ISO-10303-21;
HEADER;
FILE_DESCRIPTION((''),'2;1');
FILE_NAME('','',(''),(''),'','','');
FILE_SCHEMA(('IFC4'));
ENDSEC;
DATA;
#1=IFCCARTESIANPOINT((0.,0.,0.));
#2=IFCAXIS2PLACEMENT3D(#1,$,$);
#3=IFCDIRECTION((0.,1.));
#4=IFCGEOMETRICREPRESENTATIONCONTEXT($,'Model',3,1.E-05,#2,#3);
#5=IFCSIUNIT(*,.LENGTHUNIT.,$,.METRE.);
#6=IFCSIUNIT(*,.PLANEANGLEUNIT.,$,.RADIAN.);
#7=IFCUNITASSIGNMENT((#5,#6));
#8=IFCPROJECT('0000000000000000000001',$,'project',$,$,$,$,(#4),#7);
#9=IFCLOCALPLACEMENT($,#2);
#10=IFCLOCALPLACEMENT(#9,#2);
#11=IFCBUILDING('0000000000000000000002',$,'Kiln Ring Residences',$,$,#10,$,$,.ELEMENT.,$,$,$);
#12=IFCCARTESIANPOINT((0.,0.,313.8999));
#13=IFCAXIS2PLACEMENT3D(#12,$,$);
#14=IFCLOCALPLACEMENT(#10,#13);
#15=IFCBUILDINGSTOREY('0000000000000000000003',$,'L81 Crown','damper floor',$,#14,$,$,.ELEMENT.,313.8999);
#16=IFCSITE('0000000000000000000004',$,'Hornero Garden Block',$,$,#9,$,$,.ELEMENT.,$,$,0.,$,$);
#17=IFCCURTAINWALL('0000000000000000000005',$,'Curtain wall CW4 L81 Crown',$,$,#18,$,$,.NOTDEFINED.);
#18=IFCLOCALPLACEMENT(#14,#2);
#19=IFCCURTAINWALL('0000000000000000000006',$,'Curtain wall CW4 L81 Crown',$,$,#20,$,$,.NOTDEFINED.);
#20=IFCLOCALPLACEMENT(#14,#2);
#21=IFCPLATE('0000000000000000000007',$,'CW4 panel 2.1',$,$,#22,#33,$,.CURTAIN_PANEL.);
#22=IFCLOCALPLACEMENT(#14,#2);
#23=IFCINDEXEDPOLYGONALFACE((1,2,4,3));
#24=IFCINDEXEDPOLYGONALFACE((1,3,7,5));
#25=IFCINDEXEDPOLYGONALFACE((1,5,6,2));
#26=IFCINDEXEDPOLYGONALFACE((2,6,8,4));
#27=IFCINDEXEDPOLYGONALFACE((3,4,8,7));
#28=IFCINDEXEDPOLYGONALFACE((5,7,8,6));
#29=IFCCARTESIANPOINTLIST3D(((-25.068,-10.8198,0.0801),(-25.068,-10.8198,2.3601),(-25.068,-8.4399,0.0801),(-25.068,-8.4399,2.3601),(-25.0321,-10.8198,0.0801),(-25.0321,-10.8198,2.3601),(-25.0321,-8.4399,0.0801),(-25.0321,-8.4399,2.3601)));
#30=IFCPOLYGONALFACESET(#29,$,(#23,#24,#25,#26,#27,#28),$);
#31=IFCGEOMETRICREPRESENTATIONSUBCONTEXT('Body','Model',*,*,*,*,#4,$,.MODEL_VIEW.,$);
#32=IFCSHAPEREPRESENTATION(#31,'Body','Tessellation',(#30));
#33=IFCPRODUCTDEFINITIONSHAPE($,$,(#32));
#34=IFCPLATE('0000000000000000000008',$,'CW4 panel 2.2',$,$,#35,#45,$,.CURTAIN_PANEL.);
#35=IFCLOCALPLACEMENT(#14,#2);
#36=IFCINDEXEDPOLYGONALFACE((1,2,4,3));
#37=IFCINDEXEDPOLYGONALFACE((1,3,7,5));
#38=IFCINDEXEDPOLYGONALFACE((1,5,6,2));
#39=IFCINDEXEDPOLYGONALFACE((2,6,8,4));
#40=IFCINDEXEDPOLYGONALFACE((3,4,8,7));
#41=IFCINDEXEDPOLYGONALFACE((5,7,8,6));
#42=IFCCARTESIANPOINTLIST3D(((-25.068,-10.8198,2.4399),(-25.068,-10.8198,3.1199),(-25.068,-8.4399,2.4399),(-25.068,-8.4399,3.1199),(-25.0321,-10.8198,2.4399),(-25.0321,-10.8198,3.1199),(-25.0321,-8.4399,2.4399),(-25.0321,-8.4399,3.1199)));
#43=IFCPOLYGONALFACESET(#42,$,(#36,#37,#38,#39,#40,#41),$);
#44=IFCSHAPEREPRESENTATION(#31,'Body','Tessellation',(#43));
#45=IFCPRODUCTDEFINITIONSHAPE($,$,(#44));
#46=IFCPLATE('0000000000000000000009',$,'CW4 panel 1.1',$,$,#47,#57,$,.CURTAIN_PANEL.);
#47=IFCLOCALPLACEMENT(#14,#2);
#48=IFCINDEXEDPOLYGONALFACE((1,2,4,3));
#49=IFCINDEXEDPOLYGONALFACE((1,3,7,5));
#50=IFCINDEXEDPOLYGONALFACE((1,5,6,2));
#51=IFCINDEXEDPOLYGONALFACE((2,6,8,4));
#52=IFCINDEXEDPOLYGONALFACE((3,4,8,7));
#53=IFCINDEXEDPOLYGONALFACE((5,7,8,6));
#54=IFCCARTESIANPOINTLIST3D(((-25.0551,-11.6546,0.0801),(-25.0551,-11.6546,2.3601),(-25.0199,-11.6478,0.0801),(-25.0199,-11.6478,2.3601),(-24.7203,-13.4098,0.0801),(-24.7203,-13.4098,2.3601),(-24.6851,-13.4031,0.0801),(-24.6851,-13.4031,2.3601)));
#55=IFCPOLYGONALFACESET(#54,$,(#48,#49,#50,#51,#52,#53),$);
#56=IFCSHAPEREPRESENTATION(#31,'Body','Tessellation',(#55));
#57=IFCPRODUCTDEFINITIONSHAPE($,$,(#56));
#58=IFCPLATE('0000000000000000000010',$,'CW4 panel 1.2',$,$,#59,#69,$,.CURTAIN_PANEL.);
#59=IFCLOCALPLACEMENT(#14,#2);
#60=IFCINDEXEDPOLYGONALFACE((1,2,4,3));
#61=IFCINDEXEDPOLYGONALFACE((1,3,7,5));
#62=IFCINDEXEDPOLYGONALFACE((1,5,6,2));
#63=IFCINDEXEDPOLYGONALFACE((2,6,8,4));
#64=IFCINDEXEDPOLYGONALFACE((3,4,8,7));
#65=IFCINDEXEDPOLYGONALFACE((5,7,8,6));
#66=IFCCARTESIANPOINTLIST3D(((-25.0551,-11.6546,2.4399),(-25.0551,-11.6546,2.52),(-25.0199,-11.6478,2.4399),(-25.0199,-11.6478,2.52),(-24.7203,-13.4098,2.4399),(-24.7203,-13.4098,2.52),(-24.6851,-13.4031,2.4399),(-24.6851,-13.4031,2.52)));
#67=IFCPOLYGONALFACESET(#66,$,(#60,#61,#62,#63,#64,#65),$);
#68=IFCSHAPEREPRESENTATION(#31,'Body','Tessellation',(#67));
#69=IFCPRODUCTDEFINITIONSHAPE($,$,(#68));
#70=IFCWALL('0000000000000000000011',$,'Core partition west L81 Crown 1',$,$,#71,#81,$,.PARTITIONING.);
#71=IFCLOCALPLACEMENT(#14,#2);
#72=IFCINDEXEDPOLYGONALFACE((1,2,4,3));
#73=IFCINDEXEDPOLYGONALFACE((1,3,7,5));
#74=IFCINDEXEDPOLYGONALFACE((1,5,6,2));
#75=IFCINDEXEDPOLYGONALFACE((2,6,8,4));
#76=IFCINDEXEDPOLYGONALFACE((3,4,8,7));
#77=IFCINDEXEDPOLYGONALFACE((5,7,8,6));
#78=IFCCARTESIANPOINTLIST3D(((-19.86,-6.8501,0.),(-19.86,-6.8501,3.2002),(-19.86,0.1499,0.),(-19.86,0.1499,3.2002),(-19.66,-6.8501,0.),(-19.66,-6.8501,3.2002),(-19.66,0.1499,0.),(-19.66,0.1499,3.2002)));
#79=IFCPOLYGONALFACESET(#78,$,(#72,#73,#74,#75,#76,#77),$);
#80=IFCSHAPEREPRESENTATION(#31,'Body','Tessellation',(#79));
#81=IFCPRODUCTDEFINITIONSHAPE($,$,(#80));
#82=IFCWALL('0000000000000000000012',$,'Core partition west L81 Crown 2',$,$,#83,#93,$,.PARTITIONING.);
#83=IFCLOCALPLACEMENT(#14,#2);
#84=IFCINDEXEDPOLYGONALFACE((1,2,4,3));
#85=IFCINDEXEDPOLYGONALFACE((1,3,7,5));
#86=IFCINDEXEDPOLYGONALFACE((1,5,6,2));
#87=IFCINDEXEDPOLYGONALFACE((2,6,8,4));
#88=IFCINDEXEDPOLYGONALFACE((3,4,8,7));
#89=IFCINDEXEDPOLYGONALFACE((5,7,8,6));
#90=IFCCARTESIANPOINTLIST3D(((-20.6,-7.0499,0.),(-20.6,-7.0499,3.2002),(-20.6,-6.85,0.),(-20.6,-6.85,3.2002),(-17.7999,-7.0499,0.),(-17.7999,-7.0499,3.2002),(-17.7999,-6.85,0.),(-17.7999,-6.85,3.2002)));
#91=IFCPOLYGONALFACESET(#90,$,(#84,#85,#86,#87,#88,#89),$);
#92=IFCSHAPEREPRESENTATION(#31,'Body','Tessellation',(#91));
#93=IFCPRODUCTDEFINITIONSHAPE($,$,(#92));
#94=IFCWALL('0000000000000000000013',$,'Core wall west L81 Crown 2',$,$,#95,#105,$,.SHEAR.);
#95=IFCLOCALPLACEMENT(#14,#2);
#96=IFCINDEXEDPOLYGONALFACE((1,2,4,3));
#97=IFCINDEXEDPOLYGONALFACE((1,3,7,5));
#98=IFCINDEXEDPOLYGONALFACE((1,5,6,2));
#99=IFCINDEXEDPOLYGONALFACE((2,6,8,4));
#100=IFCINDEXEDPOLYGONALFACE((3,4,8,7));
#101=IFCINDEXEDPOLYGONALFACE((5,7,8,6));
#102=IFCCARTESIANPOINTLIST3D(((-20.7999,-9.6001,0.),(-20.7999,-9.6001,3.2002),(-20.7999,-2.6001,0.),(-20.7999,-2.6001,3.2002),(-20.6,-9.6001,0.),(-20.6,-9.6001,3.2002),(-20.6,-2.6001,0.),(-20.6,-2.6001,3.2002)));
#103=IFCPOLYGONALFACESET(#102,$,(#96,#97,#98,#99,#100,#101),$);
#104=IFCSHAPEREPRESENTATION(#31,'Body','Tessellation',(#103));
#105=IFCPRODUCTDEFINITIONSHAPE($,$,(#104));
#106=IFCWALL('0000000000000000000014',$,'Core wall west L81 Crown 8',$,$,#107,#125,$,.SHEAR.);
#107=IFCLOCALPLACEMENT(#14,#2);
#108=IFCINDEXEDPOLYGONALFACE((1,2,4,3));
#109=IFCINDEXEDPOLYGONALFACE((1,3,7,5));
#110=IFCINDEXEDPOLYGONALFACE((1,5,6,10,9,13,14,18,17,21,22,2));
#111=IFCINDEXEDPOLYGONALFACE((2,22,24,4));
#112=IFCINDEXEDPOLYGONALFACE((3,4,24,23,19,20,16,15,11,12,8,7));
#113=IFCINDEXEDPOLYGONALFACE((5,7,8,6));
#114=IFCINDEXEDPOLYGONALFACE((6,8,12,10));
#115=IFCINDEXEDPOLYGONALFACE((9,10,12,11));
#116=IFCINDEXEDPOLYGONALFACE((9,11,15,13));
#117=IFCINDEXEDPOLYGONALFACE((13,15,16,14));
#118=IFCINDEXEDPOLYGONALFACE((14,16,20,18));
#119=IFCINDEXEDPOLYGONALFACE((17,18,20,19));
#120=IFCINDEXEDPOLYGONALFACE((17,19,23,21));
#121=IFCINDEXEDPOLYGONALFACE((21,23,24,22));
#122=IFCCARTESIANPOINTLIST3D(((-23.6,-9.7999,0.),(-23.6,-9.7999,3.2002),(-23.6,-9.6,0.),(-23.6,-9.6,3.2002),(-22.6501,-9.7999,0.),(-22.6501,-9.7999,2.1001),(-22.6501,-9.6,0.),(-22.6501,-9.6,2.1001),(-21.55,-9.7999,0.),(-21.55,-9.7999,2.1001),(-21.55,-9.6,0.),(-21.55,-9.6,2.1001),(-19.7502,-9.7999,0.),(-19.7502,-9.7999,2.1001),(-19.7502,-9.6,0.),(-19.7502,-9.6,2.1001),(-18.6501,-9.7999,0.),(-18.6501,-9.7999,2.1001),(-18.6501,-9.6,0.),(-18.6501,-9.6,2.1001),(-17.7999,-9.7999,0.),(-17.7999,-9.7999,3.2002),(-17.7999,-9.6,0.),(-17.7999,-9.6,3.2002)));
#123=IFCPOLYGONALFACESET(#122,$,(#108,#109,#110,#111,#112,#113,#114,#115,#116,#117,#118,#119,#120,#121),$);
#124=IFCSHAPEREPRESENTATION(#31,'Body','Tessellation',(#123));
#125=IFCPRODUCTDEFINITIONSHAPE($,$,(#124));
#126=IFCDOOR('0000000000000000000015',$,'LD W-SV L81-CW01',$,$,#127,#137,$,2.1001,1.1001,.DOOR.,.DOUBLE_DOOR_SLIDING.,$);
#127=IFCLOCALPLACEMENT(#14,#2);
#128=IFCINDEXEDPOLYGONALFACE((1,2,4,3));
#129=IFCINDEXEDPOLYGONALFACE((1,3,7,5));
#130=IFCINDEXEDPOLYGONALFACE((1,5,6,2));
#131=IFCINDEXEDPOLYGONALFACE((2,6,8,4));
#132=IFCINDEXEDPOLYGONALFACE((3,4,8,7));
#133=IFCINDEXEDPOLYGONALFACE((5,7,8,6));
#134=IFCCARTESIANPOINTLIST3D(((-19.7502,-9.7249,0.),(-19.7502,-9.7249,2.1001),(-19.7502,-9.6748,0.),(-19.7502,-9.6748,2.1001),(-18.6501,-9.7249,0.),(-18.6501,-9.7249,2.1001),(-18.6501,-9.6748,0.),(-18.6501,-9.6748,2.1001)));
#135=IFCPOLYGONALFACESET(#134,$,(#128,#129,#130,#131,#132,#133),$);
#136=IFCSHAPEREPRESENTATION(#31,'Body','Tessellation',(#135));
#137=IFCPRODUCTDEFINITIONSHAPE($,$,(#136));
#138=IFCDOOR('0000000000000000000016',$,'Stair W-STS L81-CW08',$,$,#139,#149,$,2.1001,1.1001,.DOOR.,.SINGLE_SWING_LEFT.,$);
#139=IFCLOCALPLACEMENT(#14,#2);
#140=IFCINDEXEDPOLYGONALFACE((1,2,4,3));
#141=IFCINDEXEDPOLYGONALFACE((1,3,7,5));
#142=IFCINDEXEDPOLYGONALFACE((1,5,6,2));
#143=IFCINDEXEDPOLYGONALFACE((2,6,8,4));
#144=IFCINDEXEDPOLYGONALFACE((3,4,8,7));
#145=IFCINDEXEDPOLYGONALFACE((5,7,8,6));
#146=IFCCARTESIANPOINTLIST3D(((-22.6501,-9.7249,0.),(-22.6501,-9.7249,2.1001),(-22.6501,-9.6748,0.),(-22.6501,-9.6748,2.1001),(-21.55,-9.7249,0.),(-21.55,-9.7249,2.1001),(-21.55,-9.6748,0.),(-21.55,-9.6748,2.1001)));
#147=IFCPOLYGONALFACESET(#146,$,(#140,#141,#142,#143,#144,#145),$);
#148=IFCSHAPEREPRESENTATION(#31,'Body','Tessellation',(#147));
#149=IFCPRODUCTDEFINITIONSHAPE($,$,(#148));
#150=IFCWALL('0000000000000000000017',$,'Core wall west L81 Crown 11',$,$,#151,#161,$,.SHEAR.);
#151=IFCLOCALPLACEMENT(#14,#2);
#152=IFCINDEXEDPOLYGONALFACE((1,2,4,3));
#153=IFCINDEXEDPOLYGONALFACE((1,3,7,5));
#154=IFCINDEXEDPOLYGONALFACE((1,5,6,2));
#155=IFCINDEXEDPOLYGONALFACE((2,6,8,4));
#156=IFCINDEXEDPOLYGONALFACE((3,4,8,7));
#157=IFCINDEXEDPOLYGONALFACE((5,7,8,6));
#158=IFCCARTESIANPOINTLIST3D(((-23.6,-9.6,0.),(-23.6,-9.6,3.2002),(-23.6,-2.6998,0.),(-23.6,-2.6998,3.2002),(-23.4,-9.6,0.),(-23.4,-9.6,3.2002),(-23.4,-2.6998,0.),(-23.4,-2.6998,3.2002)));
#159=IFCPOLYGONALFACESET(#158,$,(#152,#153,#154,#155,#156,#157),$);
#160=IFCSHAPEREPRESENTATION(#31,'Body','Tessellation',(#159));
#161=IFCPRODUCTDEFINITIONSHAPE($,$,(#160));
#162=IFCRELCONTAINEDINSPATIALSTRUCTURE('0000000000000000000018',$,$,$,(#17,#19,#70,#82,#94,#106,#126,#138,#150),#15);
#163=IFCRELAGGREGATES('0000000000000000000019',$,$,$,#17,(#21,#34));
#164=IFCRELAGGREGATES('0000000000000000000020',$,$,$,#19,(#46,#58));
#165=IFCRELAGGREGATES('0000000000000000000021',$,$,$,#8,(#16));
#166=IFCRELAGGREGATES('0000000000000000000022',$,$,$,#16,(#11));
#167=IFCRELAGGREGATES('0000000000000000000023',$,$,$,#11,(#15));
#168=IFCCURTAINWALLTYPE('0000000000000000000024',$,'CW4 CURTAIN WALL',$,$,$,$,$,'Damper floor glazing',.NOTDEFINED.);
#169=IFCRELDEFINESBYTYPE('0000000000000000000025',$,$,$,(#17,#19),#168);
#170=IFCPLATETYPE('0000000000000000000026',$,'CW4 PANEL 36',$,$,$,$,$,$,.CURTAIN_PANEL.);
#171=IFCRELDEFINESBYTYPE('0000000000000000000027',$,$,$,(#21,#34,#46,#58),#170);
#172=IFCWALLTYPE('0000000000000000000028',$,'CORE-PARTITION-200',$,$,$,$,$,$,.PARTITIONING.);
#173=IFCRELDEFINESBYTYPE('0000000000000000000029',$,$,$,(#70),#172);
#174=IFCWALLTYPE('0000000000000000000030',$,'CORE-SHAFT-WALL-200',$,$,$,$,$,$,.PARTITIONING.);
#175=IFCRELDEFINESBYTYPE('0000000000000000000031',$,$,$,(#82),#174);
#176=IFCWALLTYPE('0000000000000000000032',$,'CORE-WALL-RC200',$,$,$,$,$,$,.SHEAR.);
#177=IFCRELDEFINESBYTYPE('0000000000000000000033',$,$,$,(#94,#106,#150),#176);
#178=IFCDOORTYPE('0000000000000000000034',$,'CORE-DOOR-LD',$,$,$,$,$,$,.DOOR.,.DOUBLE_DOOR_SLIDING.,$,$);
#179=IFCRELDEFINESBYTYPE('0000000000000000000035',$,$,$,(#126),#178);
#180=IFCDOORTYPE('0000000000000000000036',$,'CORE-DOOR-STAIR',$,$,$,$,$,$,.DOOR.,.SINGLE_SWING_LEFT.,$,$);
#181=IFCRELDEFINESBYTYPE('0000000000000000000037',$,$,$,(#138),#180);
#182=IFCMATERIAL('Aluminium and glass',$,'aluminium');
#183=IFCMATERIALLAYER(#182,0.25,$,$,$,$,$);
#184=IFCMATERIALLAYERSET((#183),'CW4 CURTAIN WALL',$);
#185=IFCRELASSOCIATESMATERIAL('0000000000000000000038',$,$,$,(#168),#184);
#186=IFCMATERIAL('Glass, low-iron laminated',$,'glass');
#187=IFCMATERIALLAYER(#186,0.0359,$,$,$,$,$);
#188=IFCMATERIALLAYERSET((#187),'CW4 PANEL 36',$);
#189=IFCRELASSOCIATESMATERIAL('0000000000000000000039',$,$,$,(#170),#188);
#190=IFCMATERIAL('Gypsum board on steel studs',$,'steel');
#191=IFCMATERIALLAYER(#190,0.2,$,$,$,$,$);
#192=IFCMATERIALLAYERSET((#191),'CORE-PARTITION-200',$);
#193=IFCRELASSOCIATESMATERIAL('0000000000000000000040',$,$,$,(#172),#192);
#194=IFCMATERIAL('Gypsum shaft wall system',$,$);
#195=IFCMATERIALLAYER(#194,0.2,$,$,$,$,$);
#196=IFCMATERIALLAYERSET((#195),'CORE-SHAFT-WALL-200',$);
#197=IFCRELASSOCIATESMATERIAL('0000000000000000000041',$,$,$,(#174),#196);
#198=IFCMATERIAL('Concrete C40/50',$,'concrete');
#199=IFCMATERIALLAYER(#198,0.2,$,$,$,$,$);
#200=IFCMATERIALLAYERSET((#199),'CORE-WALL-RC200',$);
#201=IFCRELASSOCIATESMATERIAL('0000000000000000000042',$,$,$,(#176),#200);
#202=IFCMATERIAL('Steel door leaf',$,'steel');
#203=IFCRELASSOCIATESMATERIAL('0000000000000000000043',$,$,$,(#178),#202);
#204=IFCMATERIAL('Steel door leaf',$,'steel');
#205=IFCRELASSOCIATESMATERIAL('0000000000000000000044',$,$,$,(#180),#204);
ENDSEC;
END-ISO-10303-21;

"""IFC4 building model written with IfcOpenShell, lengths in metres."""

from ifc_helpers import new_model, si_unit, direction, frame, frame_2d, origin, origin_2d, place, context, subcontext, project, spatial, rectangle, extrude, material, layer, layer_set, type_object, element, fill, aggregate, save


model = new_model("IFC4")

# Units and contexts
model_context = context("Model", 3, precision=1e-05, world=origin(), true_north=direction((0.0, 1.0)))
body_context = subcontext(model_context, "Body", "Model", "MODEL_VIEW")
ifc_project = project(units=[si_unit("LENGTHUNIT", "METRE"), si_unit("PLANEANGLEUNIT", "RADIAN")], contexts=[model_context])

# Site, building, storey
site_placement = place(None, origin())
site = spatial("IfcSite", under=ifc_project, at=site_placement, Name="Hornero Garden Block", CompositionType="ELEMENT", RefElevation=0.0)
building_placement = place(site_placement, origin())
building = spatial("IfcBuilding", under=site, at=building_placement, Name="Kiln Ring Residences", CompositionType="ELEMENT")
storey_placement = place(building_placement, frame((0.0, 0.0, 313.8999)))
storey = spatial("IfcBuildingStorey", under=building, at=storey_placement, Name="L81 Crown", Description="damper floor", CompositionType="ELEMENT", Elevation=313.8999)

# Curtain wall
ifc_material_1 = material(Name="Aluminium and glass", Category="aluminium")
ifc_layer_1 = layer(ifc_material_1, 0.25)
ifc_layer_set_1 = layer_set([ifc_layer_1], Name="CW4 CURTAIN WALL")
curtain_wall_type = type_object("IfcCurtainWallType", Name="CW4 CURTAIN WALL", ElementType="Damper floor glazing", PredefinedType="NOTDEFINED", material=ifc_layer_set_1)
placement = place(storey_placement, origin())
curtain_wall_1 = element("IfcCurtainWall", 1, at=placement, inside=storey, type_object=curtain_wall_type, Name="Curtain wall CW4 L81 Crown", PredefinedType="NOTDEFINED")

# Curtain wall
curtain_wall_2 = element("IfcCurtainWall", 2, at=placement, inside=storey, type_object=curtain_wall_type, Name="Curtain wall CW4 L81 Crown", PredefinedType="NOTDEFINED")

# Plates
ifc_material_2 = material(Name="Glass, low-iron laminated", Category="glass")
ifc_layer_2 = layer(ifc_material_2, 0.0359)
ifc_layer_set_2 = layer_set([ifc_layer_2], Name="CW4 PANEL 36")
plate_type = type_object("IfcPlateType", Name="CW4 PANEL 36", PredefinedType="CURTAIN_PANEL", material=ifc_layer_set_2)
plate_1_placement = place(storey_placement, frame((-25.05, -9.6299, 0.0801), z_axis=(0.0, 0.0, 1.0), x_axis=(0.0, -1.0, 0.0)))
plate_1 = element("IfcPlate", 3, at=plate_1_placement, type_object=plate_type, Name="CW4 panel 2.1", PredefinedType="CURTAIN_PANEL", context=body_context, shape_type="SweptSolid", body=[
    extrude(rectangle(XDim=2.3799, YDim=0.0359, at=origin_2d()), origin(), (0.0, 0.0, 1.0), 2.28),
])
plate_2_placement = place(storey_placement, frame((-25.05, -9.6299, 2.4399), z_axis=(0.0, 0.0, 1.0), x_axis=(0.0, -1.0, 0.0)))
plate_2 = element("IfcPlate", 4, at=plate_2_placement, type_object=plate_type, Name="CW4 panel 2.2", PredefinedType="CURTAIN_PANEL", context=body_context, shape_type="SweptSolid", body=[
    extrude(rectangle(XDim=2.3799, YDim=0.0359, at=origin_2d()), origin(), (0.0, 0.0, 1.0), 0.6799),
])
aggregate(curtain_wall_1, [plate_1, plate_2])
plate_3_placement = place(storey_placement, frame((-24.8701, -12.5288, 0.0801), z_axis=(0.0, 0.0, 1.0), x_axis=(0.187366, -0.98229, 0.0)))
plate_3 = element("IfcPlate", 5, at=plate_3_placement, type_object=plate_type, Name="CW4 panel 1.1", PredefinedType="CURTAIN_PANEL", context=body_context, shape_type="SweptSolid", body=[
    extrude(rectangle(XDim=1.7869, YDim=0.0359, at=origin_2d()), origin(), (0.0, 0.0, 1.0), 2.28),
])
plate_4_placement = place(storey_placement, frame((-24.8701, -12.5288, 2.4399), z_axis=(0.0, 0.0, 1.0), x_axis=(0.187366, -0.98229, 0.0)))
plate_4 = element("IfcPlate", 6, at=plate_4_placement, type_object=plate_type, Name="CW4 panel 1.2", PredefinedType="CURTAIN_PANEL", context=body_context, shape_type="SweptSolid", body=[
    extrude(rectangle(XDim=1.7869, YDim=0.0359, at=origin_2d()), origin(), (0.0, 0.0, 1.0), 0.0801),
])
aggregate(curtain_wall_2, [plate_3, plate_4])

# Walls
ifc_material_3 = material(Name="Gypsum board on steel studs", Category="steel")
ifc_layer_3 = layer(ifc_material_3, 0.2)
ifc_layer_set_3 = layer_set([ifc_layer_3], Name="CORE-PARTITION-200")
wall_type_1 = type_object("IfcWallType", Name="CORE-PARTITION-200", PredefinedType="PARTITIONING", material=ifc_layer_set_3)
wall_1_placement = place(storey_placement, frame((-19.76, -6.8501, 0.0), z_axis=(0.0, 0.0, 1.0), x_axis=(0.0, 1.0, 0.0)))
element("IfcWall", 7, at=wall_1_placement, inside=storey, type_object=wall_type_1, Name="Core partition west L81 Crown 1", PredefinedType="PARTITIONING", context=body_context, shape_type="SweptSolid", body=[
    extrude(rectangle(XDim=7.0, YDim=0.2, at=frame_2d((3.5, 0.0))), origin(), (0.0, 0.0, 1.0), 3.2002),
])
ifc_material_4 = material(Name="Gypsum shaft wall system")
ifc_layer_4 = layer(ifc_material_4, 0.2)
ifc_layer_set_4 = layer_set([ifc_layer_4], Name="CORE-SHAFT-WALL-200")
wall_type_2 = type_object("IfcWallType", Name="CORE-SHAFT-WALL-200", PredefinedType="PARTITIONING", material=ifc_layer_set_4)
wall_2_placement = place(storey_placement, frame((-17.8, -6.95, 0.0), z_axis=(0.0, 0.0, 1.0), x_axis=(-1.0, 0.0, 0.0)))
element("IfcWall", 8, at=wall_2_placement, inside=storey, type_object=wall_type_2, Name="Core partition west L81 Crown 2", PredefinedType="PARTITIONING", context=body_context, shape_type="SweptSolid", body=[
    extrude(rectangle(XDim=2.8, YDim=0.2, at=frame_2d((1.3999, 0.0))), origin(), (0.0, 0.0, 1.0), 3.2002),
])
ifc_material_5 = material(Name="Concrete C40/50", Category="concrete")
ifc_layer_5 = layer(ifc_material_5, 0.2)
ifc_layer_set_5 = layer_set([ifc_layer_5], Name="CORE-WALL-RC200")
wall_type_3 = type_object("IfcWallType", Name="CORE-WALL-RC200", PredefinedType="SHEAR", material=ifc_layer_set_5)
wall_3_placement = place(storey_placement, frame((-20.7, -9.6001, 0.0), z_axis=(0.0, 0.0, 1.0), x_axis=(0.0, 1.0, 0.0)))
element("IfcWall", 9, at=wall_3_placement, inside=storey, type_object=wall_type_3, Name="Core wall west L81 Crown 2", PredefinedType="SHEAR", context=body_context, shape_type="SweptSolid", body=[
    extrude(rectangle(XDim=7.0, YDim=0.2, at=frame_2d((3.5, 0.0))), origin(), (0.0, 0.0, 1.0), 3.2002),
])

# Wall, openings, doors
wall_4_placement = place(storey_placement, frame((-17.8, -9.7, 0.0), z_axis=(0.0, 0.0, 1.0), x_axis=(-1.0, 0.0, 0.0)))
wall_4 = element("IfcWall", 10, at=wall_4_placement, inside=storey, type_object=wall_type_3, Name="Core wall west L81 Crown 8", PredefinedType="SHEAR", context=body_context, shape_type="SweptSolid", body=[
    extrude(rectangle(XDim=5.8, YDim=0.2, at=frame_2d((2.8999, 0.0))), origin(), (0.0, 0.0, 1.0), 3.2002),
])
opening_1_placement = place(wall_4_placement, frame((0.8501, 0.0, 0.0)))
opening_1 = element("IfcOpeningElement", 11, at=opening_1_placement, cuts=wall_4, PredefinedType="OPENING", context=body_context, shape_type="SweptSolid", body=[
    extrude(rectangle(XDim=1.1001, YDim=2.1001, at=frame_2d((0.55, 1.05))), frame((0.0, 0.1099, 0.0), z_axis=(0.0, -1.0, 0.0), x_axis=(1.0, 0.0, 0.0)), (0.0, 0.0, 1.0), 0.22),
])
opening_2_placement = place(wall_4_placement, frame((3.75, 0.0, 0.0)))
opening_2 = element("IfcOpeningElement", 12, at=opening_2_placement, cuts=wall_4, PredefinedType="OPENING", context=body_context, shape_type="SweptSolid", body=[
    extrude(rectangle(XDim=1.1001, YDim=2.1001, at=frame_2d((0.55, 1.05))), frame((0.0, 0.1099, 0.0), z_axis=(0.0, -1.0, 0.0), x_axis=(1.0, 0.0, 0.0)), (0.0, 0.0, 1.0), 0.22),
])
ifc_material_6 = material(Name="Steel door leaf", Category="steel")
door_type_1 = type_object("IfcDoorType", Name="CORE-DOOR-LD", OperationType="DOUBLE_DOOR_SLIDING", PredefinedType="DOOR", material=ifc_material_6)
door_1_placement = place(opening_1_placement, origin())
door_1 = element("IfcDoor", 13, at=door_1_placement, inside=storey, type_object=door_type_1, Name="LD W-SV L81-CW01", OperationType="DOUBLE_DOOR_SLIDING", OverallHeight=2.1001, OverallWidth=1.1001, PredefinedType="DOOR", context=body_context, shape_type="SweptSolid", body=[
    extrude(rectangle(XDim=1.1001, YDim=2.1001, at=frame_2d((0.55, 1.05))), frame((0.0, 0.0249, 0.0), z_axis=(0.0, -1.0, 0.0), x_axis=(1.0, 0.0, 0.0)), (0.0, 0.0, 1.0), 0.05),
])
fill(opening_1, door_1)
ifc_material_7 = material(Name="Steel door leaf", Category="steel")
door_type_2 = type_object("IfcDoorType", Name="CORE-DOOR-STAIR", OperationType="SINGLE_SWING_LEFT", PredefinedType="DOOR", material=ifc_material_7)
door_2_placement = place(opening_2_placement, origin())
door_2 = element("IfcDoor", 14, at=door_2_placement, inside=storey, type_object=door_type_2, Name="Stair W-STS L81-CW08", OperationType="SINGLE_SWING_LEFT", OverallHeight=2.1001, OverallWidth=1.1001, PredefinedType="DOOR", context=body_context, shape_type="SweptSolid", body=[
    extrude(rectangle(XDim=1.1001, YDim=2.1001, at=frame_2d((0.55, 1.05))), frame((0.0, 0.0249, 0.0), z_axis=(0.0, -1.0, 0.0), x_axis=(1.0, 0.0, 0.0)), (0.0, 0.0, 1.0), 0.05),
])
fill(opening_2, door_2)

# Wall
wall_5_placement = place(storey_placement, frame((-23.5, -9.6001, 0.0), z_axis=(0.0, 0.0, 1.0), x_axis=(0.0, 1.0, 0.0)))
element("IfcWall", 15, at=wall_5_placement, inside=storey, type_object=wall_type_3, Name="Core wall west L81 Crown 11", PredefinedType="SHEAR", context=body_context, shape_type="SweptSolid", body=[
    extrude(rectangle(XDim=6.9001, YDim=0.2, at=frame_2d((3.4502, 0.0))), origin(), (0.0, 0.0, 1.0), 3.2002),
])

save(model, "model.ifc")
